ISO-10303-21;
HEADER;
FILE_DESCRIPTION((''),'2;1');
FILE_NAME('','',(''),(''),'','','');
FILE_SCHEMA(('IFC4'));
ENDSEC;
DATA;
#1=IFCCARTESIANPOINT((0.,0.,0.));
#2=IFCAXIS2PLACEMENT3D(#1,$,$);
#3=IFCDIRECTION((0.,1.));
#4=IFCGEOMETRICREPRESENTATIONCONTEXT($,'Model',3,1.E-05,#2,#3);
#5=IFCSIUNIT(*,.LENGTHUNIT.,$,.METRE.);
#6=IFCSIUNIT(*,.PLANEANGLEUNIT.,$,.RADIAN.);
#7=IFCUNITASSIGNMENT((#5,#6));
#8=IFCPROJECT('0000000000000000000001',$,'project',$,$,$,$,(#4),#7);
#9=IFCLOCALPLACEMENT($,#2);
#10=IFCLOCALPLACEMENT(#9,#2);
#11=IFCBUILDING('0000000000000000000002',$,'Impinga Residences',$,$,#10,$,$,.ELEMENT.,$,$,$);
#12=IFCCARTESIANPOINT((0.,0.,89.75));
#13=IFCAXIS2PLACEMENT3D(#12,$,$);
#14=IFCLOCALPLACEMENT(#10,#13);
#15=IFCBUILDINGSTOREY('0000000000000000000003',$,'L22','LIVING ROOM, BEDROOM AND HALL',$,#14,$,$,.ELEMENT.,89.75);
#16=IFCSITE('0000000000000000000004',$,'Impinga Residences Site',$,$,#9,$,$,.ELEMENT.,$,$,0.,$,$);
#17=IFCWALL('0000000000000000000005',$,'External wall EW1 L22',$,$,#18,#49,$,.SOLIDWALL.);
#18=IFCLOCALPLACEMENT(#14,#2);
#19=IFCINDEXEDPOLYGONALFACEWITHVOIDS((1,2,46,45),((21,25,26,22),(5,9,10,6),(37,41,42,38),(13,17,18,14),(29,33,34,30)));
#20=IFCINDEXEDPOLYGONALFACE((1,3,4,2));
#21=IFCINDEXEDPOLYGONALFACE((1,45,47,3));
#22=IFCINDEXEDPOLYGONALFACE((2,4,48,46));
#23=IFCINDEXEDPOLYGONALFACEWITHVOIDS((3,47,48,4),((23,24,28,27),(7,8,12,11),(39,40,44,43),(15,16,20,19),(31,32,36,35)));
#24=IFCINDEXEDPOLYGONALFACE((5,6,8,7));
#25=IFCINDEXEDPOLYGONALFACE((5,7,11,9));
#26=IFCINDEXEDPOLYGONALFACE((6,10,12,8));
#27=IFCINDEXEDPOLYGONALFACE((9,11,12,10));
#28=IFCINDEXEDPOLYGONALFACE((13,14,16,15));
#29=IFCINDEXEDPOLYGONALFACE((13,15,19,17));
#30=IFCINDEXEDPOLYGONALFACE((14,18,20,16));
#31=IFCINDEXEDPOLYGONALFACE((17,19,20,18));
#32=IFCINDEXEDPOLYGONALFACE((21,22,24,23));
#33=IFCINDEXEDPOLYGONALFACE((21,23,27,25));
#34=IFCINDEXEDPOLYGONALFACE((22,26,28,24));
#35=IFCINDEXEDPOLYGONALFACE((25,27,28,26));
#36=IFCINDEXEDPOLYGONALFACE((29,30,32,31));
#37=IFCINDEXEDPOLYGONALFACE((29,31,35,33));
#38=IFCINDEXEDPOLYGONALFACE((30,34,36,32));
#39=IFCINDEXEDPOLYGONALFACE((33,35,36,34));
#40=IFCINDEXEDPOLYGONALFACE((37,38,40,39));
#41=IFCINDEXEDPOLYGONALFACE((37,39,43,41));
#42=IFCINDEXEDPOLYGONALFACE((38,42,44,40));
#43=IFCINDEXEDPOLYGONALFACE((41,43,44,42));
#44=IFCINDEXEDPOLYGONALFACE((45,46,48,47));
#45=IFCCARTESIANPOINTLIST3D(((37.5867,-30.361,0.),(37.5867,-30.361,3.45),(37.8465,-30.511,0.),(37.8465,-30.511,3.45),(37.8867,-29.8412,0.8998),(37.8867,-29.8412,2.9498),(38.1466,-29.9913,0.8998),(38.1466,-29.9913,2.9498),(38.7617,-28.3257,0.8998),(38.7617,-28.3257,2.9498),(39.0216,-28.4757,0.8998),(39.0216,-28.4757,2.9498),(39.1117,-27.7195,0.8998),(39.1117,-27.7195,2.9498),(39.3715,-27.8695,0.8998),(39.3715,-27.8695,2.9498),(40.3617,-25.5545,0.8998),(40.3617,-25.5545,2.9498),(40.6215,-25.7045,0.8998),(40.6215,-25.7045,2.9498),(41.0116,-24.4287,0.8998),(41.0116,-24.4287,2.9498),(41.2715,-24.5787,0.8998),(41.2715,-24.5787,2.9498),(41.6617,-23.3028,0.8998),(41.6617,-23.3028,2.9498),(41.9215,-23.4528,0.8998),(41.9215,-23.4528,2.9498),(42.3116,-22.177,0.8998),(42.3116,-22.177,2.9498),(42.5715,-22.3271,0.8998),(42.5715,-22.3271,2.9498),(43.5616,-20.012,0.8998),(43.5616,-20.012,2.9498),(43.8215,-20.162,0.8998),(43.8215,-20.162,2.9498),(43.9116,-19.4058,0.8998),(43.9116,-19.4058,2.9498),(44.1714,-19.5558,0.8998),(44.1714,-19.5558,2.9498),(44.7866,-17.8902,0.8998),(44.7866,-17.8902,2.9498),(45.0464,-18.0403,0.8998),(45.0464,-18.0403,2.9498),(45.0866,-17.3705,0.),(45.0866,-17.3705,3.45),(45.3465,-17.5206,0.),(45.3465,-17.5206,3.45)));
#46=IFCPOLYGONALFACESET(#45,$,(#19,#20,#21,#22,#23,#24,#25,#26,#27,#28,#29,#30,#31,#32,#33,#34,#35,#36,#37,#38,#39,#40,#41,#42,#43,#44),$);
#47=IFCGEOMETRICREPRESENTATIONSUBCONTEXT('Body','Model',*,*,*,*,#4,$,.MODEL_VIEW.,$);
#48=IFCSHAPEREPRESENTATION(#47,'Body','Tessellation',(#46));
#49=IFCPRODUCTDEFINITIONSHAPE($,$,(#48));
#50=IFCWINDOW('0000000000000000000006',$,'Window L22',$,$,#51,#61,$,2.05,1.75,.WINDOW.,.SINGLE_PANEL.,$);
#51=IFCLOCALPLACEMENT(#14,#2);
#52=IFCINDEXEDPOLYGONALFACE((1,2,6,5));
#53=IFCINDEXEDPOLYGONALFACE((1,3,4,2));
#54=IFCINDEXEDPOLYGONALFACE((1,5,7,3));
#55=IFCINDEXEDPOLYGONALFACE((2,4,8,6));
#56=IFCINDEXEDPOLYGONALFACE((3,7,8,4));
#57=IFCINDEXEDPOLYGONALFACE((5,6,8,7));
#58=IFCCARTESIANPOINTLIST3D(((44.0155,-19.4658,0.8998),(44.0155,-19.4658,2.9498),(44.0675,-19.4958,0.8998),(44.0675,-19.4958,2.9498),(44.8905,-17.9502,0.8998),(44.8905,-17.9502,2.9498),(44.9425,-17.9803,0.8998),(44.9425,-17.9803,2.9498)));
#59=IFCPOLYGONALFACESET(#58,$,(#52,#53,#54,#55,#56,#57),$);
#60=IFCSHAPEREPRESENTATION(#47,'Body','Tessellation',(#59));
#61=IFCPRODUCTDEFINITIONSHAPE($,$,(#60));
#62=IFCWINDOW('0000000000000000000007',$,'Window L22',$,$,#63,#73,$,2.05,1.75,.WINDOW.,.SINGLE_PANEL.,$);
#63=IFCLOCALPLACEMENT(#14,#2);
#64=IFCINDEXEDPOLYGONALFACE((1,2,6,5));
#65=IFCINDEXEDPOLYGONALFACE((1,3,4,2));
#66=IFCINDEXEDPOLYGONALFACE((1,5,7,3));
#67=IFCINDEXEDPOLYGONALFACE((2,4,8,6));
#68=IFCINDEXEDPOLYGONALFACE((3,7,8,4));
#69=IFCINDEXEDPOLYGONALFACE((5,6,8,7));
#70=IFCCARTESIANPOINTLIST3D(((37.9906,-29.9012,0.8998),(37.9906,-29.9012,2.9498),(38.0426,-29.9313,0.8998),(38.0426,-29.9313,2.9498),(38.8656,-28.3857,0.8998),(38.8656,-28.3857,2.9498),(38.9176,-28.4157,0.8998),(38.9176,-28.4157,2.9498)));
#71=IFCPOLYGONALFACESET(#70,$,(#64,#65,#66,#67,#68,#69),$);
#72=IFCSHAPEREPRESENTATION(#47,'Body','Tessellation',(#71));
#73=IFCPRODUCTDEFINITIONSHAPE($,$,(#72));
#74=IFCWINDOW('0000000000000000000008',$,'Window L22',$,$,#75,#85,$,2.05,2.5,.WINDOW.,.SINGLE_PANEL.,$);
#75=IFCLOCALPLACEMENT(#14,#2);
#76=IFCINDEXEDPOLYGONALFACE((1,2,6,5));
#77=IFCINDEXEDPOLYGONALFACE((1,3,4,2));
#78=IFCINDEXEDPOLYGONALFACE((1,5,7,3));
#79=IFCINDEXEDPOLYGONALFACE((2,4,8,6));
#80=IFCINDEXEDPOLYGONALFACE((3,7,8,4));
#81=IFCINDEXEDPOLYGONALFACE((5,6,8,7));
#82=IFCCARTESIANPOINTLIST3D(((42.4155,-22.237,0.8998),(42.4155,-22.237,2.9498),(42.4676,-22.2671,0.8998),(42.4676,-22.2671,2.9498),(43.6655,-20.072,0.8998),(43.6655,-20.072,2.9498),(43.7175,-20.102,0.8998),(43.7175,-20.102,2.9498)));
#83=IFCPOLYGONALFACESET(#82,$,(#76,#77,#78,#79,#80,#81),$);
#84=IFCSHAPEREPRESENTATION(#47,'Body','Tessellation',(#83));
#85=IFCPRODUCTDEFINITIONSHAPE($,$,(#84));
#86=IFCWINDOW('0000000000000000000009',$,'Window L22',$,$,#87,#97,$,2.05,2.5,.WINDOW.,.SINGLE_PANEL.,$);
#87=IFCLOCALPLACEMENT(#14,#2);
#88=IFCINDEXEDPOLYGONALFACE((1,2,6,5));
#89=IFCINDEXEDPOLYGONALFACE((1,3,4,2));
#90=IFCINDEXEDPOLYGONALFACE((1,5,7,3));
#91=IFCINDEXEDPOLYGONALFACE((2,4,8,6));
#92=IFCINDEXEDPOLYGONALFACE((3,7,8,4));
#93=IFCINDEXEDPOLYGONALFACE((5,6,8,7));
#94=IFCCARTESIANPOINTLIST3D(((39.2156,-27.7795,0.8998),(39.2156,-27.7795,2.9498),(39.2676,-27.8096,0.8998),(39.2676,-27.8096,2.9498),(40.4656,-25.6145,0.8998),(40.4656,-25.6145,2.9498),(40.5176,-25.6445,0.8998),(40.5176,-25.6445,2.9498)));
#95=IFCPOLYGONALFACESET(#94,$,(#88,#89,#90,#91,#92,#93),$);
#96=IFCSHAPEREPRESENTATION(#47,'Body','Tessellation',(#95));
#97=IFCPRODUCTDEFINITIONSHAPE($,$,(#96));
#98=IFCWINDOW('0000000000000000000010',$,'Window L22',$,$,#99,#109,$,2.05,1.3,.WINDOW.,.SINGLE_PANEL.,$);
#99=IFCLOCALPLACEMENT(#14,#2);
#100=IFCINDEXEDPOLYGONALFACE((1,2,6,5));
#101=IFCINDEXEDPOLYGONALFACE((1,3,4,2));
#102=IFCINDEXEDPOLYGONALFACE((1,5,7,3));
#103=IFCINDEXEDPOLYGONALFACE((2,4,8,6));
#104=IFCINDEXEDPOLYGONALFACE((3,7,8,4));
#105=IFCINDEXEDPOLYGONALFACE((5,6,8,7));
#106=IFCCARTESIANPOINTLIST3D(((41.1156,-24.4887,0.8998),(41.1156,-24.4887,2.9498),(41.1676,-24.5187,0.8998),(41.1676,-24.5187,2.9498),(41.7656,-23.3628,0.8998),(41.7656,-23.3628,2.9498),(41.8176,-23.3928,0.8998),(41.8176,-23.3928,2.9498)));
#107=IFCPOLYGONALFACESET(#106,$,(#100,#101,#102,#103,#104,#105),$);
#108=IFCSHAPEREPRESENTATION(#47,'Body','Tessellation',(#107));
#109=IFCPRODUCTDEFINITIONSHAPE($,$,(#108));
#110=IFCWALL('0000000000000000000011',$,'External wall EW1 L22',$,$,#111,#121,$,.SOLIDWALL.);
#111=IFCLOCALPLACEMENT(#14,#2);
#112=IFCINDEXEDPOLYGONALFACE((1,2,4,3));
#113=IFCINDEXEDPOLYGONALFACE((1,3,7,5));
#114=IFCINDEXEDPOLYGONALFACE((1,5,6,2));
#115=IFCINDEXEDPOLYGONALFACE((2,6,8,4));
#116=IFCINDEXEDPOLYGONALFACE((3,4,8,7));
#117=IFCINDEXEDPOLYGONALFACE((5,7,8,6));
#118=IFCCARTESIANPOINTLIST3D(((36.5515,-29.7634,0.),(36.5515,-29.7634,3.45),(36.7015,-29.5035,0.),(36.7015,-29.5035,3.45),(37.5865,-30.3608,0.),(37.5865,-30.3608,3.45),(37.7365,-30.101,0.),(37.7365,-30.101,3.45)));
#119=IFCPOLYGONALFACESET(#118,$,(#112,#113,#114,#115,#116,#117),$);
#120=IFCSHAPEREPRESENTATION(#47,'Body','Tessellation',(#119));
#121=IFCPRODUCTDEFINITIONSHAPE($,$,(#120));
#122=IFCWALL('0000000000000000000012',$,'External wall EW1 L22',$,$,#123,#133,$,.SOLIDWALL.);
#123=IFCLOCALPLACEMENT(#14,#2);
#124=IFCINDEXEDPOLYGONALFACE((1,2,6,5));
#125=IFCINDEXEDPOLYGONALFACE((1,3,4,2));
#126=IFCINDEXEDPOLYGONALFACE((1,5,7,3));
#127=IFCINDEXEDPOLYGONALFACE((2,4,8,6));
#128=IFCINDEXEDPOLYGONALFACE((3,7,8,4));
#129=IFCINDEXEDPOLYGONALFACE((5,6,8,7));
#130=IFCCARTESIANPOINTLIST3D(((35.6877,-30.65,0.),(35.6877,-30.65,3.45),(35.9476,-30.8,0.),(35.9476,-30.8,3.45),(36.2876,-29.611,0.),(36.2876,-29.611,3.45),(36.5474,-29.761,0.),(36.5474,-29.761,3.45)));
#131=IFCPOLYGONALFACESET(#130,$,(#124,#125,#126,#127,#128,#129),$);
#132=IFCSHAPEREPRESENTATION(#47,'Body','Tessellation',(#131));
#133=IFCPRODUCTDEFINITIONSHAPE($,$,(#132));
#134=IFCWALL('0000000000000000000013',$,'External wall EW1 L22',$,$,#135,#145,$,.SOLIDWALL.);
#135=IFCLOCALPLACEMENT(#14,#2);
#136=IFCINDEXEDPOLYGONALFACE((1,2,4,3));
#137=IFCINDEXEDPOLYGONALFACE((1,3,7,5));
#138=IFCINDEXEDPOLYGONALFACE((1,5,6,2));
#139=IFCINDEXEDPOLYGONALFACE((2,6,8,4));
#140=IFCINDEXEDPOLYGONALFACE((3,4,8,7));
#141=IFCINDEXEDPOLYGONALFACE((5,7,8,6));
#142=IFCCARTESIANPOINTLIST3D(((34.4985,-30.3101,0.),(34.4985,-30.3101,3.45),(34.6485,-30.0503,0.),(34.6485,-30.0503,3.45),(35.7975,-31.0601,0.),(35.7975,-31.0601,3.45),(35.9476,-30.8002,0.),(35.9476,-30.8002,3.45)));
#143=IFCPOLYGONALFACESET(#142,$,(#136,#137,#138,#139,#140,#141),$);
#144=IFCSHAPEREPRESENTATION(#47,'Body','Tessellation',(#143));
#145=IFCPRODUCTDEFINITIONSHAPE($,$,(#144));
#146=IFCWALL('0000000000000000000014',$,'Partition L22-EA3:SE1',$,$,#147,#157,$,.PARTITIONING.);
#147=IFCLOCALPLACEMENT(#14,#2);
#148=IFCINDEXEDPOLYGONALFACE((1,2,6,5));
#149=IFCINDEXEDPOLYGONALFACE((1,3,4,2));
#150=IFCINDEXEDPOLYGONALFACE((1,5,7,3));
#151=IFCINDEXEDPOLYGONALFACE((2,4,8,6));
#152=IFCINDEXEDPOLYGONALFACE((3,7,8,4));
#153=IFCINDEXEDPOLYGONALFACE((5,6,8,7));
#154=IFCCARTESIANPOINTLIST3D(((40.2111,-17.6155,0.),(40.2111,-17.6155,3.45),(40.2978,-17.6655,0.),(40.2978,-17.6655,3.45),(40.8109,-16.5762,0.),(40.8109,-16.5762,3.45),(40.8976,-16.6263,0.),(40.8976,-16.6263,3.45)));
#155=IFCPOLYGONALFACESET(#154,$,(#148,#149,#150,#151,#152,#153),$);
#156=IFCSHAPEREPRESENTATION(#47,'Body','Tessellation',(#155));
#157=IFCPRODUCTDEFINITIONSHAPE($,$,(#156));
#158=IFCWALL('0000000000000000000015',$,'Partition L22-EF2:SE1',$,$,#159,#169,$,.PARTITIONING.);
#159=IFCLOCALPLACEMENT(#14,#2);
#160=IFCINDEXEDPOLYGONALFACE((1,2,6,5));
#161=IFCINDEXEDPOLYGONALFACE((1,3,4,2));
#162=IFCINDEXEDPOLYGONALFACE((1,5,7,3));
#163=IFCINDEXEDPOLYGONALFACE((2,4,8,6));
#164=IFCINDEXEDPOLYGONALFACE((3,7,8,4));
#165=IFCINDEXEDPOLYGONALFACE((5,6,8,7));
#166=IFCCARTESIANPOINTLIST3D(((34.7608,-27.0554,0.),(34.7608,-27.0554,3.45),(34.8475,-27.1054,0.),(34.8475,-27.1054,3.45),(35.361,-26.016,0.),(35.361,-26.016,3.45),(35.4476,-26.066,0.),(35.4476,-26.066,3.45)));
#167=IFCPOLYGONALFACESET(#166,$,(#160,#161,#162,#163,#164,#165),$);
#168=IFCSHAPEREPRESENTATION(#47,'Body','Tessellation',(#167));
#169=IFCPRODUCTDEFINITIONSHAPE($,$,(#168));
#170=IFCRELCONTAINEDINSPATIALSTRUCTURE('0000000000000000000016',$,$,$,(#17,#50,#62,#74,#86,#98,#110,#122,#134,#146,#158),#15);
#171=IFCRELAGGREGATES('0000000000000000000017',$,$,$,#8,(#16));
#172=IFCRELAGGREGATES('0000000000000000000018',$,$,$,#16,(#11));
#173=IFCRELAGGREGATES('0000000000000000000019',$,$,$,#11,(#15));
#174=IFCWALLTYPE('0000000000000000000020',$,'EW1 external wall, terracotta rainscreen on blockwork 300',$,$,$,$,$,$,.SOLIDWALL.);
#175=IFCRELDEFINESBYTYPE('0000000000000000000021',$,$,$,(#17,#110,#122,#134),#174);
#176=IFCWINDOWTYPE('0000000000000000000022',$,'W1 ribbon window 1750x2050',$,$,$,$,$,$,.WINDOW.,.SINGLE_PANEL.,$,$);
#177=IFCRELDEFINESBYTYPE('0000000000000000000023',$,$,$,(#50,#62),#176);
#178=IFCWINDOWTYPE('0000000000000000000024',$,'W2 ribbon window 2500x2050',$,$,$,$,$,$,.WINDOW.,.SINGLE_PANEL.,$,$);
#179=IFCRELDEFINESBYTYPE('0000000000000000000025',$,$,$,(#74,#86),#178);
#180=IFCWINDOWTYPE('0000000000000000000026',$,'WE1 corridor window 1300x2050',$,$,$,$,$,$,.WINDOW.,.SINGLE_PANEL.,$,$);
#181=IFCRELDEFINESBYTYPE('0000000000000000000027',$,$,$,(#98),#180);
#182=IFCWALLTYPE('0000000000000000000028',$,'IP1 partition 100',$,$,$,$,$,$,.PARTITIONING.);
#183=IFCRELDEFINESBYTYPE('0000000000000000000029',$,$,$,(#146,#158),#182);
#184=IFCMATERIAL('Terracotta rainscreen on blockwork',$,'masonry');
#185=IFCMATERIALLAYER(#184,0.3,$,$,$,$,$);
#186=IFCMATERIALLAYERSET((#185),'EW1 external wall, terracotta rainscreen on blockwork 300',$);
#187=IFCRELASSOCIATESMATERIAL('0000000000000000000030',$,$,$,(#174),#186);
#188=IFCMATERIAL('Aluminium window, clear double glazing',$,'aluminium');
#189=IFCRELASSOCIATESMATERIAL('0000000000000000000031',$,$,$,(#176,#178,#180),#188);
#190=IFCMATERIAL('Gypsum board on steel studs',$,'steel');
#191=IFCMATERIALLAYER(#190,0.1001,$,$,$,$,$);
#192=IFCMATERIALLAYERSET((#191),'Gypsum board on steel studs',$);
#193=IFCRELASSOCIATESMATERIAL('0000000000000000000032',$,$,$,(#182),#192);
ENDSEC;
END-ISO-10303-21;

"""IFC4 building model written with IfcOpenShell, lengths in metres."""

from ifc_helpers import new_model, si_unit, direction, frame, frame_2d, origin, place, context, subcontext, project, spatial, rectangle, extrude, material, layer, layer_set, type_object, element, fill, save


model = new_model("IFC4")

# Units and contexts
model_context = context("Model", 3, precision=1e-05, world=origin(), true_north=direction((0.0, 1.0)))
body_context = subcontext(model_context, "Body", "Model", "MODEL_VIEW")
ifc_project = project(units=[si_unit("LENGTHUNIT", "METRE"), si_unit("PLANEANGLEUNIT", "RADIAN")], contexts=[model_context])

# Site, building, storey
site_placement = place(None, origin())
site = spatial("IfcSite", under=ifc_project, at=site_placement, Name="Impinga Residences Site", CompositionType="ELEMENT", RefElevation=0.0)
building_placement = place(site_placement, origin())
building = spatial("IfcBuilding", under=site, at=building_placement, Name="Impinga Residences", CompositionType="ELEMENT")
storey_placement = place(building_placement, frame((0.0, 0.0, 89.75)))
storey = spatial("IfcBuildingStorey", under=building, at=storey_placement, Name="L22", Description="LIVING ROOM, BEDROOM AND HALL", CompositionType="ELEMENT", Elevation=89.75)

# Wall, openings, windows
ifc_material_1 = material(Name="Terracotta rainscreen on blockwork", Category="masonry")
ifc_layer_1 = layer(ifc_material_1, 0.3)
ifc_layer_set_1 = layer_set([ifc_layer_1], Name="EW1 external wall, terracotta rainscreen on blockwork 300")
wall_type_1 = type_object("IfcWallType", Name="EW1 external wall, terracotta rainscreen on blockwork 300", PredefinedType="SOLIDWALL", material=ifc_layer_set_1)
wall_1_placement = place(storey_placement, frame((45.2166, -17.4456, 0.0), z_axis=(0.0, 0.0, 1.0), x_axis=(-0.499997, -0.866027, 0.0)))
wall_1 = element("IfcWall", 1, at=wall_1_placement, inside=storey, type_object=wall_type_1, Name="External wall EW1 L22", PredefinedType="SOLIDWALL", context=body_context, shape_type="SweptSolid", body=[
    extrude(rectangle(XDim=15.0, YDim=0.3, at=frame_2d((7.5, 0.0))), origin(), (0.0, 0.0, 1.0), 3.45),
])
opening_1_placement = place(wall_1_placement, frame((0.6001, 0.0, 0.8999)))
opening_1 = element("IfcOpeningElement", 2, at=opening_1_placement, cuts=wall_1, PredefinedType="OPENING", context=body_context, shape_type="SweptSolid", body=[
    extrude(rectangle(XDim=1.75, YDim=2.05, at=frame_2d((0.875, 1.0249))), frame((0.0, 0.1599, 0.0), z_axis=(0.0, -1.0, 0.0), x_axis=(1.0, 0.0, 0.0)), (0.0, 0.0, 1.0), 0.3201),
])
opening_2_placement = place(wall_1_placement, frame((3.05, 0.0, 0.8999)))
opening_2 = element("IfcOpeningElement", 3, at=opening_2_placement, cuts=wall_1, PredefinedType="OPENING", context=body_context, shape_type="SweptSolid", body=[
    extrude(rectangle(XDim=2.5, YDim=2.05, at=frame_2d((1.25, 1.0249))), frame((0.0, 0.1599, 0.0), z_axis=(0.0, -1.0, 0.0), x_axis=(1.0, 0.0, 0.0)), (0.0, 0.0, 1.0), 0.3201),
])
opening_3_placement = place(wall_1_placement, frame((6.8501, 0.0, 0.8999)))
opening_3 = element("IfcOpeningElement", 4, at=opening_3_placement, cuts=wall_1, PredefinedType="OPENING", context=body_context, shape_type="SweptSolid", body=[
    extrude(rectangle(XDim=1.3, YDim=2.05, at=frame_2d((0.6499, 1.0249))), frame((0.0, 0.1599, 0.0), z_axis=(0.0, -1.0, 0.0), x_axis=(1.0, 0.0, 0.0)), (0.0, 0.0, 1.0), 0.3201),
])
opening_4_placement = place(wall_1_placement, frame((9.45, 0.0, 0.8999)))
opening_4 = element("IfcOpeningElement", 5, at=opening_4_placement, cuts=wall_1, PredefinedType="OPENING", context=body_context, shape_type="SweptSolid", body=[
    extrude(rectangle(XDim=2.5, YDim=2.05, at=frame_2d((1.25, 1.0249))), frame((0.0, 0.1599, 0.0), z_axis=(0.0, -1.0, 0.0), x_axis=(1.0, 0.0, 0.0)), (0.0, 0.0, 1.0), 0.3201),
])
opening_5_placement = place(wall_1_placement, frame((12.6499, 0.0, 0.8999)))
opening_5 = element("IfcOpeningElement", 6, at=opening_5_placement, cuts=wall_1, PredefinedType="OPENING", context=body_context, shape_type="SweptSolid", body=[
    extrude(rectangle(XDim=1.75, YDim=2.05, at=frame_2d((0.875, 1.0249))), frame((0.0, 0.1599, 0.0), z_axis=(0.0, -1.0, 0.0), x_axis=(1.0, 0.0, 0.0)), (0.0, 0.0, 1.0), 0.3201),
])
ifc_material_2 = material(Name="Aluminium window, clear double glazing", Category="aluminium")
window_type_1 = type_object("IfcWindowType", Name="W1 ribbon window 1750x2050", PartitioningType="SINGLE_PANEL", PredefinedType="WINDOW", material=ifc_material_2)
window_1_placement = place(opening_1_placement, origin())
window_1 = element("IfcWindow", 7, at=window_1_placement, inside=storey, type_object=window_type_1, Name="Window L22", OverallHeight=2.05, OverallWidth=1.75, PartitioningType="SINGLE_PANEL", PredefinedType="WINDOW", context=body_context, shape_type="SweptSolid", body=[
    extrude(rectangle(XDim=1.75, YDim=2.05, at=frame_2d((0.875, 1.0249))), frame((0.0, 0.03, 0.0), z_axis=(0.0, -1.0, 0.0), x_axis=(1.0, 0.0, 0.0)), (0.0, 0.0, 1.0), 0.0601),
])
fill(opening_1, window_1)
window_2_placement = place(opening_5_placement, origin())
window_2 = element("IfcWindow", 8, at=window_2_placement, inside=storey, type_object=window_type_1, Name="Window L22", OverallHeight=2.05, OverallWidth=1.75, PartitioningType="SINGLE_PANEL", PredefinedType="WINDOW", context=body_context, shape_type="SweptSolid", body=[
    extrude(rectangle(XDim=1.75, YDim=2.05, at=frame_2d((0.875, 1.0249))), frame((0.0, 0.03, 0.0), z_axis=(0.0, -1.0, 0.0), x_axis=(1.0, 0.0, 0.0)), (0.0, 0.0, 1.0), 0.0601),
])
fill(opening_5, window_2)
window_type_2 = type_object("IfcWindowType", Name="W2 ribbon window 2500x2050", PartitioningType="SINGLE_PANEL", PredefinedType="WINDOW", material=ifc_material_2)
window_3_placement = place(opening_2_placement, origin())
window_3 = element("IfcWindow", 9, at=window_3_placement, inside=storey, type_object=window_type_2, Name="Window L22", OverallHeight=2.05, OverallWidth=2.5, PartitioningType="SINGLE_PANEL", PredefinedType="WINDOW", context=body_context, shape_type="SweptSolid", body=[
    extrude(rectangle(XDim=2.5, YDim=2.05, at=frame_2d((1.25, 1.0249))), frame((0.0, 0.03, 0.0), z_axis=(0.0, -1.0, 0.0), x_axis=(1.0, 0.0, 0.0)), (0.0, 0.0, 1.0), 0.0601),
])
fill(opening_2, window_3)
window_4_placement = place(opening_4_placement, origin())
window_4 = element("IfcWindow", 10, at=window_4_placement, inside=storey, type_object=window_type_2, Name="Window L22", OverallHeight=2.05, OverallWidth=2.5, PartitioningType="SINGLE_PANEL", PredefinedType="WINDOW", context=body_context, shape_type="SweptSolid", body=[
    extrude(rectangle(XDim=2.5, YDim=2.05, at=frame_2d((1.25, 1.0249))), frame((0.0, 0.03, 0.0), z_axis=(0.0, -1.0, 0.0), x_axis=(1.0, 0.0, 0.0)), (0.0, 0.0, 1.0), 0.0601),
])
fill(opening_4, window_4)
window_type_3 = type_object("IfcWindowType", Name="WE1 corridor window 1300x2050", PartitioningType="SINGLE_PANEL", PredefinedType="WINDOW", material=ifc_material_2)
window_5_placement = place(opening_3_placement, origin())
window_5 = element("IfcWindow", 11, at=window_5_placement, inside=storey, type_object=window_type_3, Name="Window L22", OverallHeight=2.05, OverallWidth=1.3, PartitioningType="SINGLE_PANEL", PredefinedType="WINDOW", context=body_context, shape_type="SweptSolid", body=[
    extrude(rectangle(XDim=1.3, YDim=2.05, at=frame_2d((0.6499, 1.0249))), frame((0.0, 0.03, 0.0), z_axis=(0.0, -1.0, 0.0), x_axis=(1.0, 0.0, 0.0)), (0.0, 0.0, 1.0), 0.0601),
])
fill(opening_3, window_5)

# Walls
wall_2_placement = place(storey_placement, frame((37.6616, -30.231, 0.0), z_axis=(0.0, 0.0, 1.0), x_axis=(-0.86606, 0.499941, 0.0)))
element("IfcWall", 12, at=wall_2_placement, inside=storey, type_object=wall_type_1, Name="External wall EW1 L22", PredefinedType="SOLIDWALL", context=body_context, shape_type="SweptSolid", body=[
    extrude(rectangle(XDim=1.1951, YDim=0.3, at=frame_2d((0.5977, 0.0))), origin(), (0.0, 0.0, 1.0), 3.45),
])
wall_3_placement = place(storey_placement, frame((36.4175, -29.686, 0.0), z_axis=(0.0, 0.0, 1.0), x_axis=(-0.499969, -0.866043, 0.0)))
element("IfcWall", 13, at=wall_3_placement, inside=storey, type_object=wall_type_1, Name="External wall EW1 L22", PredefinedType="SOLIDWALL", context=body_context, shape_type="SweptSolid", body=[
    extrude(rectangle(XDim=1.1997, YDim=0.3, at=frame_2d((0.5999, 0.0))), origin(), (0.0, 0.0, 1.0), 3.45),
])
wall_4_placement = place(storey_placement, frame((35.8726, -30.9302, 0.0), z_axis=(0.0, 0.0, 1.0), x_axis=(-0.866031, 0.49999, 0.0)))
element("IfcWall", 14, at=wall_4_placement, inside=storey, type_object=wall_type_1, Name="External wall EW1 L22", PredefinedType="SOLIDWALL", context=body_context, shape_type="SweptSolid", body=[
    extrude(rectangle(XDim=1.5, YDim=0.3, at=frame_2d((0.75, 0.0))), origin(), (0.0, 0.0, 1.0), 3.45),
])
ifc_material_3 = material(Name="Gypsum board on steel studs", Category="steel")
ifc_layer_2 = layer(ifc_material_3, 0.1001)
ifc_layer_set_2 = layer_set([ifc_layer_2], Name="Gypsum board on steel studs")
wall_type_2 = type_object("IfcWallType", Name="IP1 partition 100", PredefinedType="PARTITIONING", material=ifc_layer_set_2)
wall_5_placement = place(storey_placement, frame((40.2544, -17.6406, 0.0), z_axis=(0.0, 0.0, 1.0), x_axis=(0.499881, 0.866094, 0.0)))
element("IfcWall", 15, at=wall_5_placement, inside=storey, type_object=wall_type_2, Name="Partition L22-EA3:SE1", PredefinedType="PARTITIONING", context=body_context, shape_type="SweptSolid", body=[
    extrude(rectangle(XDim=1.2, YDim=0.1001, at=frame_2d((0.6001, 0.0))), origin(), (0.0, 0.0, 1.0), 3.45),
])
wall_6_placement = place(storey_placement, frame((35.4043, -26.041, 0.0), z_axis=(0.0, 0.0, 1.0), x_axis=(-0.500034, -0.866006, 0.0)))
element("IfcWall", 16, at=wall_6_placement, inside=storey, type_object=wall_type_2, Name="Partition L22-EF2:SE1", PredefinedType="PARTITIONING", context=body_context, shape_type="SweptSolid", body=[
    extrude(rectangle(XDim=1.2002, YDim=0.1001, at=frame_2d((0.6001, 0.0))), origin(), (0.0, 0.0, 1.0), 3.45),
])

save(model, "model.ifc")
